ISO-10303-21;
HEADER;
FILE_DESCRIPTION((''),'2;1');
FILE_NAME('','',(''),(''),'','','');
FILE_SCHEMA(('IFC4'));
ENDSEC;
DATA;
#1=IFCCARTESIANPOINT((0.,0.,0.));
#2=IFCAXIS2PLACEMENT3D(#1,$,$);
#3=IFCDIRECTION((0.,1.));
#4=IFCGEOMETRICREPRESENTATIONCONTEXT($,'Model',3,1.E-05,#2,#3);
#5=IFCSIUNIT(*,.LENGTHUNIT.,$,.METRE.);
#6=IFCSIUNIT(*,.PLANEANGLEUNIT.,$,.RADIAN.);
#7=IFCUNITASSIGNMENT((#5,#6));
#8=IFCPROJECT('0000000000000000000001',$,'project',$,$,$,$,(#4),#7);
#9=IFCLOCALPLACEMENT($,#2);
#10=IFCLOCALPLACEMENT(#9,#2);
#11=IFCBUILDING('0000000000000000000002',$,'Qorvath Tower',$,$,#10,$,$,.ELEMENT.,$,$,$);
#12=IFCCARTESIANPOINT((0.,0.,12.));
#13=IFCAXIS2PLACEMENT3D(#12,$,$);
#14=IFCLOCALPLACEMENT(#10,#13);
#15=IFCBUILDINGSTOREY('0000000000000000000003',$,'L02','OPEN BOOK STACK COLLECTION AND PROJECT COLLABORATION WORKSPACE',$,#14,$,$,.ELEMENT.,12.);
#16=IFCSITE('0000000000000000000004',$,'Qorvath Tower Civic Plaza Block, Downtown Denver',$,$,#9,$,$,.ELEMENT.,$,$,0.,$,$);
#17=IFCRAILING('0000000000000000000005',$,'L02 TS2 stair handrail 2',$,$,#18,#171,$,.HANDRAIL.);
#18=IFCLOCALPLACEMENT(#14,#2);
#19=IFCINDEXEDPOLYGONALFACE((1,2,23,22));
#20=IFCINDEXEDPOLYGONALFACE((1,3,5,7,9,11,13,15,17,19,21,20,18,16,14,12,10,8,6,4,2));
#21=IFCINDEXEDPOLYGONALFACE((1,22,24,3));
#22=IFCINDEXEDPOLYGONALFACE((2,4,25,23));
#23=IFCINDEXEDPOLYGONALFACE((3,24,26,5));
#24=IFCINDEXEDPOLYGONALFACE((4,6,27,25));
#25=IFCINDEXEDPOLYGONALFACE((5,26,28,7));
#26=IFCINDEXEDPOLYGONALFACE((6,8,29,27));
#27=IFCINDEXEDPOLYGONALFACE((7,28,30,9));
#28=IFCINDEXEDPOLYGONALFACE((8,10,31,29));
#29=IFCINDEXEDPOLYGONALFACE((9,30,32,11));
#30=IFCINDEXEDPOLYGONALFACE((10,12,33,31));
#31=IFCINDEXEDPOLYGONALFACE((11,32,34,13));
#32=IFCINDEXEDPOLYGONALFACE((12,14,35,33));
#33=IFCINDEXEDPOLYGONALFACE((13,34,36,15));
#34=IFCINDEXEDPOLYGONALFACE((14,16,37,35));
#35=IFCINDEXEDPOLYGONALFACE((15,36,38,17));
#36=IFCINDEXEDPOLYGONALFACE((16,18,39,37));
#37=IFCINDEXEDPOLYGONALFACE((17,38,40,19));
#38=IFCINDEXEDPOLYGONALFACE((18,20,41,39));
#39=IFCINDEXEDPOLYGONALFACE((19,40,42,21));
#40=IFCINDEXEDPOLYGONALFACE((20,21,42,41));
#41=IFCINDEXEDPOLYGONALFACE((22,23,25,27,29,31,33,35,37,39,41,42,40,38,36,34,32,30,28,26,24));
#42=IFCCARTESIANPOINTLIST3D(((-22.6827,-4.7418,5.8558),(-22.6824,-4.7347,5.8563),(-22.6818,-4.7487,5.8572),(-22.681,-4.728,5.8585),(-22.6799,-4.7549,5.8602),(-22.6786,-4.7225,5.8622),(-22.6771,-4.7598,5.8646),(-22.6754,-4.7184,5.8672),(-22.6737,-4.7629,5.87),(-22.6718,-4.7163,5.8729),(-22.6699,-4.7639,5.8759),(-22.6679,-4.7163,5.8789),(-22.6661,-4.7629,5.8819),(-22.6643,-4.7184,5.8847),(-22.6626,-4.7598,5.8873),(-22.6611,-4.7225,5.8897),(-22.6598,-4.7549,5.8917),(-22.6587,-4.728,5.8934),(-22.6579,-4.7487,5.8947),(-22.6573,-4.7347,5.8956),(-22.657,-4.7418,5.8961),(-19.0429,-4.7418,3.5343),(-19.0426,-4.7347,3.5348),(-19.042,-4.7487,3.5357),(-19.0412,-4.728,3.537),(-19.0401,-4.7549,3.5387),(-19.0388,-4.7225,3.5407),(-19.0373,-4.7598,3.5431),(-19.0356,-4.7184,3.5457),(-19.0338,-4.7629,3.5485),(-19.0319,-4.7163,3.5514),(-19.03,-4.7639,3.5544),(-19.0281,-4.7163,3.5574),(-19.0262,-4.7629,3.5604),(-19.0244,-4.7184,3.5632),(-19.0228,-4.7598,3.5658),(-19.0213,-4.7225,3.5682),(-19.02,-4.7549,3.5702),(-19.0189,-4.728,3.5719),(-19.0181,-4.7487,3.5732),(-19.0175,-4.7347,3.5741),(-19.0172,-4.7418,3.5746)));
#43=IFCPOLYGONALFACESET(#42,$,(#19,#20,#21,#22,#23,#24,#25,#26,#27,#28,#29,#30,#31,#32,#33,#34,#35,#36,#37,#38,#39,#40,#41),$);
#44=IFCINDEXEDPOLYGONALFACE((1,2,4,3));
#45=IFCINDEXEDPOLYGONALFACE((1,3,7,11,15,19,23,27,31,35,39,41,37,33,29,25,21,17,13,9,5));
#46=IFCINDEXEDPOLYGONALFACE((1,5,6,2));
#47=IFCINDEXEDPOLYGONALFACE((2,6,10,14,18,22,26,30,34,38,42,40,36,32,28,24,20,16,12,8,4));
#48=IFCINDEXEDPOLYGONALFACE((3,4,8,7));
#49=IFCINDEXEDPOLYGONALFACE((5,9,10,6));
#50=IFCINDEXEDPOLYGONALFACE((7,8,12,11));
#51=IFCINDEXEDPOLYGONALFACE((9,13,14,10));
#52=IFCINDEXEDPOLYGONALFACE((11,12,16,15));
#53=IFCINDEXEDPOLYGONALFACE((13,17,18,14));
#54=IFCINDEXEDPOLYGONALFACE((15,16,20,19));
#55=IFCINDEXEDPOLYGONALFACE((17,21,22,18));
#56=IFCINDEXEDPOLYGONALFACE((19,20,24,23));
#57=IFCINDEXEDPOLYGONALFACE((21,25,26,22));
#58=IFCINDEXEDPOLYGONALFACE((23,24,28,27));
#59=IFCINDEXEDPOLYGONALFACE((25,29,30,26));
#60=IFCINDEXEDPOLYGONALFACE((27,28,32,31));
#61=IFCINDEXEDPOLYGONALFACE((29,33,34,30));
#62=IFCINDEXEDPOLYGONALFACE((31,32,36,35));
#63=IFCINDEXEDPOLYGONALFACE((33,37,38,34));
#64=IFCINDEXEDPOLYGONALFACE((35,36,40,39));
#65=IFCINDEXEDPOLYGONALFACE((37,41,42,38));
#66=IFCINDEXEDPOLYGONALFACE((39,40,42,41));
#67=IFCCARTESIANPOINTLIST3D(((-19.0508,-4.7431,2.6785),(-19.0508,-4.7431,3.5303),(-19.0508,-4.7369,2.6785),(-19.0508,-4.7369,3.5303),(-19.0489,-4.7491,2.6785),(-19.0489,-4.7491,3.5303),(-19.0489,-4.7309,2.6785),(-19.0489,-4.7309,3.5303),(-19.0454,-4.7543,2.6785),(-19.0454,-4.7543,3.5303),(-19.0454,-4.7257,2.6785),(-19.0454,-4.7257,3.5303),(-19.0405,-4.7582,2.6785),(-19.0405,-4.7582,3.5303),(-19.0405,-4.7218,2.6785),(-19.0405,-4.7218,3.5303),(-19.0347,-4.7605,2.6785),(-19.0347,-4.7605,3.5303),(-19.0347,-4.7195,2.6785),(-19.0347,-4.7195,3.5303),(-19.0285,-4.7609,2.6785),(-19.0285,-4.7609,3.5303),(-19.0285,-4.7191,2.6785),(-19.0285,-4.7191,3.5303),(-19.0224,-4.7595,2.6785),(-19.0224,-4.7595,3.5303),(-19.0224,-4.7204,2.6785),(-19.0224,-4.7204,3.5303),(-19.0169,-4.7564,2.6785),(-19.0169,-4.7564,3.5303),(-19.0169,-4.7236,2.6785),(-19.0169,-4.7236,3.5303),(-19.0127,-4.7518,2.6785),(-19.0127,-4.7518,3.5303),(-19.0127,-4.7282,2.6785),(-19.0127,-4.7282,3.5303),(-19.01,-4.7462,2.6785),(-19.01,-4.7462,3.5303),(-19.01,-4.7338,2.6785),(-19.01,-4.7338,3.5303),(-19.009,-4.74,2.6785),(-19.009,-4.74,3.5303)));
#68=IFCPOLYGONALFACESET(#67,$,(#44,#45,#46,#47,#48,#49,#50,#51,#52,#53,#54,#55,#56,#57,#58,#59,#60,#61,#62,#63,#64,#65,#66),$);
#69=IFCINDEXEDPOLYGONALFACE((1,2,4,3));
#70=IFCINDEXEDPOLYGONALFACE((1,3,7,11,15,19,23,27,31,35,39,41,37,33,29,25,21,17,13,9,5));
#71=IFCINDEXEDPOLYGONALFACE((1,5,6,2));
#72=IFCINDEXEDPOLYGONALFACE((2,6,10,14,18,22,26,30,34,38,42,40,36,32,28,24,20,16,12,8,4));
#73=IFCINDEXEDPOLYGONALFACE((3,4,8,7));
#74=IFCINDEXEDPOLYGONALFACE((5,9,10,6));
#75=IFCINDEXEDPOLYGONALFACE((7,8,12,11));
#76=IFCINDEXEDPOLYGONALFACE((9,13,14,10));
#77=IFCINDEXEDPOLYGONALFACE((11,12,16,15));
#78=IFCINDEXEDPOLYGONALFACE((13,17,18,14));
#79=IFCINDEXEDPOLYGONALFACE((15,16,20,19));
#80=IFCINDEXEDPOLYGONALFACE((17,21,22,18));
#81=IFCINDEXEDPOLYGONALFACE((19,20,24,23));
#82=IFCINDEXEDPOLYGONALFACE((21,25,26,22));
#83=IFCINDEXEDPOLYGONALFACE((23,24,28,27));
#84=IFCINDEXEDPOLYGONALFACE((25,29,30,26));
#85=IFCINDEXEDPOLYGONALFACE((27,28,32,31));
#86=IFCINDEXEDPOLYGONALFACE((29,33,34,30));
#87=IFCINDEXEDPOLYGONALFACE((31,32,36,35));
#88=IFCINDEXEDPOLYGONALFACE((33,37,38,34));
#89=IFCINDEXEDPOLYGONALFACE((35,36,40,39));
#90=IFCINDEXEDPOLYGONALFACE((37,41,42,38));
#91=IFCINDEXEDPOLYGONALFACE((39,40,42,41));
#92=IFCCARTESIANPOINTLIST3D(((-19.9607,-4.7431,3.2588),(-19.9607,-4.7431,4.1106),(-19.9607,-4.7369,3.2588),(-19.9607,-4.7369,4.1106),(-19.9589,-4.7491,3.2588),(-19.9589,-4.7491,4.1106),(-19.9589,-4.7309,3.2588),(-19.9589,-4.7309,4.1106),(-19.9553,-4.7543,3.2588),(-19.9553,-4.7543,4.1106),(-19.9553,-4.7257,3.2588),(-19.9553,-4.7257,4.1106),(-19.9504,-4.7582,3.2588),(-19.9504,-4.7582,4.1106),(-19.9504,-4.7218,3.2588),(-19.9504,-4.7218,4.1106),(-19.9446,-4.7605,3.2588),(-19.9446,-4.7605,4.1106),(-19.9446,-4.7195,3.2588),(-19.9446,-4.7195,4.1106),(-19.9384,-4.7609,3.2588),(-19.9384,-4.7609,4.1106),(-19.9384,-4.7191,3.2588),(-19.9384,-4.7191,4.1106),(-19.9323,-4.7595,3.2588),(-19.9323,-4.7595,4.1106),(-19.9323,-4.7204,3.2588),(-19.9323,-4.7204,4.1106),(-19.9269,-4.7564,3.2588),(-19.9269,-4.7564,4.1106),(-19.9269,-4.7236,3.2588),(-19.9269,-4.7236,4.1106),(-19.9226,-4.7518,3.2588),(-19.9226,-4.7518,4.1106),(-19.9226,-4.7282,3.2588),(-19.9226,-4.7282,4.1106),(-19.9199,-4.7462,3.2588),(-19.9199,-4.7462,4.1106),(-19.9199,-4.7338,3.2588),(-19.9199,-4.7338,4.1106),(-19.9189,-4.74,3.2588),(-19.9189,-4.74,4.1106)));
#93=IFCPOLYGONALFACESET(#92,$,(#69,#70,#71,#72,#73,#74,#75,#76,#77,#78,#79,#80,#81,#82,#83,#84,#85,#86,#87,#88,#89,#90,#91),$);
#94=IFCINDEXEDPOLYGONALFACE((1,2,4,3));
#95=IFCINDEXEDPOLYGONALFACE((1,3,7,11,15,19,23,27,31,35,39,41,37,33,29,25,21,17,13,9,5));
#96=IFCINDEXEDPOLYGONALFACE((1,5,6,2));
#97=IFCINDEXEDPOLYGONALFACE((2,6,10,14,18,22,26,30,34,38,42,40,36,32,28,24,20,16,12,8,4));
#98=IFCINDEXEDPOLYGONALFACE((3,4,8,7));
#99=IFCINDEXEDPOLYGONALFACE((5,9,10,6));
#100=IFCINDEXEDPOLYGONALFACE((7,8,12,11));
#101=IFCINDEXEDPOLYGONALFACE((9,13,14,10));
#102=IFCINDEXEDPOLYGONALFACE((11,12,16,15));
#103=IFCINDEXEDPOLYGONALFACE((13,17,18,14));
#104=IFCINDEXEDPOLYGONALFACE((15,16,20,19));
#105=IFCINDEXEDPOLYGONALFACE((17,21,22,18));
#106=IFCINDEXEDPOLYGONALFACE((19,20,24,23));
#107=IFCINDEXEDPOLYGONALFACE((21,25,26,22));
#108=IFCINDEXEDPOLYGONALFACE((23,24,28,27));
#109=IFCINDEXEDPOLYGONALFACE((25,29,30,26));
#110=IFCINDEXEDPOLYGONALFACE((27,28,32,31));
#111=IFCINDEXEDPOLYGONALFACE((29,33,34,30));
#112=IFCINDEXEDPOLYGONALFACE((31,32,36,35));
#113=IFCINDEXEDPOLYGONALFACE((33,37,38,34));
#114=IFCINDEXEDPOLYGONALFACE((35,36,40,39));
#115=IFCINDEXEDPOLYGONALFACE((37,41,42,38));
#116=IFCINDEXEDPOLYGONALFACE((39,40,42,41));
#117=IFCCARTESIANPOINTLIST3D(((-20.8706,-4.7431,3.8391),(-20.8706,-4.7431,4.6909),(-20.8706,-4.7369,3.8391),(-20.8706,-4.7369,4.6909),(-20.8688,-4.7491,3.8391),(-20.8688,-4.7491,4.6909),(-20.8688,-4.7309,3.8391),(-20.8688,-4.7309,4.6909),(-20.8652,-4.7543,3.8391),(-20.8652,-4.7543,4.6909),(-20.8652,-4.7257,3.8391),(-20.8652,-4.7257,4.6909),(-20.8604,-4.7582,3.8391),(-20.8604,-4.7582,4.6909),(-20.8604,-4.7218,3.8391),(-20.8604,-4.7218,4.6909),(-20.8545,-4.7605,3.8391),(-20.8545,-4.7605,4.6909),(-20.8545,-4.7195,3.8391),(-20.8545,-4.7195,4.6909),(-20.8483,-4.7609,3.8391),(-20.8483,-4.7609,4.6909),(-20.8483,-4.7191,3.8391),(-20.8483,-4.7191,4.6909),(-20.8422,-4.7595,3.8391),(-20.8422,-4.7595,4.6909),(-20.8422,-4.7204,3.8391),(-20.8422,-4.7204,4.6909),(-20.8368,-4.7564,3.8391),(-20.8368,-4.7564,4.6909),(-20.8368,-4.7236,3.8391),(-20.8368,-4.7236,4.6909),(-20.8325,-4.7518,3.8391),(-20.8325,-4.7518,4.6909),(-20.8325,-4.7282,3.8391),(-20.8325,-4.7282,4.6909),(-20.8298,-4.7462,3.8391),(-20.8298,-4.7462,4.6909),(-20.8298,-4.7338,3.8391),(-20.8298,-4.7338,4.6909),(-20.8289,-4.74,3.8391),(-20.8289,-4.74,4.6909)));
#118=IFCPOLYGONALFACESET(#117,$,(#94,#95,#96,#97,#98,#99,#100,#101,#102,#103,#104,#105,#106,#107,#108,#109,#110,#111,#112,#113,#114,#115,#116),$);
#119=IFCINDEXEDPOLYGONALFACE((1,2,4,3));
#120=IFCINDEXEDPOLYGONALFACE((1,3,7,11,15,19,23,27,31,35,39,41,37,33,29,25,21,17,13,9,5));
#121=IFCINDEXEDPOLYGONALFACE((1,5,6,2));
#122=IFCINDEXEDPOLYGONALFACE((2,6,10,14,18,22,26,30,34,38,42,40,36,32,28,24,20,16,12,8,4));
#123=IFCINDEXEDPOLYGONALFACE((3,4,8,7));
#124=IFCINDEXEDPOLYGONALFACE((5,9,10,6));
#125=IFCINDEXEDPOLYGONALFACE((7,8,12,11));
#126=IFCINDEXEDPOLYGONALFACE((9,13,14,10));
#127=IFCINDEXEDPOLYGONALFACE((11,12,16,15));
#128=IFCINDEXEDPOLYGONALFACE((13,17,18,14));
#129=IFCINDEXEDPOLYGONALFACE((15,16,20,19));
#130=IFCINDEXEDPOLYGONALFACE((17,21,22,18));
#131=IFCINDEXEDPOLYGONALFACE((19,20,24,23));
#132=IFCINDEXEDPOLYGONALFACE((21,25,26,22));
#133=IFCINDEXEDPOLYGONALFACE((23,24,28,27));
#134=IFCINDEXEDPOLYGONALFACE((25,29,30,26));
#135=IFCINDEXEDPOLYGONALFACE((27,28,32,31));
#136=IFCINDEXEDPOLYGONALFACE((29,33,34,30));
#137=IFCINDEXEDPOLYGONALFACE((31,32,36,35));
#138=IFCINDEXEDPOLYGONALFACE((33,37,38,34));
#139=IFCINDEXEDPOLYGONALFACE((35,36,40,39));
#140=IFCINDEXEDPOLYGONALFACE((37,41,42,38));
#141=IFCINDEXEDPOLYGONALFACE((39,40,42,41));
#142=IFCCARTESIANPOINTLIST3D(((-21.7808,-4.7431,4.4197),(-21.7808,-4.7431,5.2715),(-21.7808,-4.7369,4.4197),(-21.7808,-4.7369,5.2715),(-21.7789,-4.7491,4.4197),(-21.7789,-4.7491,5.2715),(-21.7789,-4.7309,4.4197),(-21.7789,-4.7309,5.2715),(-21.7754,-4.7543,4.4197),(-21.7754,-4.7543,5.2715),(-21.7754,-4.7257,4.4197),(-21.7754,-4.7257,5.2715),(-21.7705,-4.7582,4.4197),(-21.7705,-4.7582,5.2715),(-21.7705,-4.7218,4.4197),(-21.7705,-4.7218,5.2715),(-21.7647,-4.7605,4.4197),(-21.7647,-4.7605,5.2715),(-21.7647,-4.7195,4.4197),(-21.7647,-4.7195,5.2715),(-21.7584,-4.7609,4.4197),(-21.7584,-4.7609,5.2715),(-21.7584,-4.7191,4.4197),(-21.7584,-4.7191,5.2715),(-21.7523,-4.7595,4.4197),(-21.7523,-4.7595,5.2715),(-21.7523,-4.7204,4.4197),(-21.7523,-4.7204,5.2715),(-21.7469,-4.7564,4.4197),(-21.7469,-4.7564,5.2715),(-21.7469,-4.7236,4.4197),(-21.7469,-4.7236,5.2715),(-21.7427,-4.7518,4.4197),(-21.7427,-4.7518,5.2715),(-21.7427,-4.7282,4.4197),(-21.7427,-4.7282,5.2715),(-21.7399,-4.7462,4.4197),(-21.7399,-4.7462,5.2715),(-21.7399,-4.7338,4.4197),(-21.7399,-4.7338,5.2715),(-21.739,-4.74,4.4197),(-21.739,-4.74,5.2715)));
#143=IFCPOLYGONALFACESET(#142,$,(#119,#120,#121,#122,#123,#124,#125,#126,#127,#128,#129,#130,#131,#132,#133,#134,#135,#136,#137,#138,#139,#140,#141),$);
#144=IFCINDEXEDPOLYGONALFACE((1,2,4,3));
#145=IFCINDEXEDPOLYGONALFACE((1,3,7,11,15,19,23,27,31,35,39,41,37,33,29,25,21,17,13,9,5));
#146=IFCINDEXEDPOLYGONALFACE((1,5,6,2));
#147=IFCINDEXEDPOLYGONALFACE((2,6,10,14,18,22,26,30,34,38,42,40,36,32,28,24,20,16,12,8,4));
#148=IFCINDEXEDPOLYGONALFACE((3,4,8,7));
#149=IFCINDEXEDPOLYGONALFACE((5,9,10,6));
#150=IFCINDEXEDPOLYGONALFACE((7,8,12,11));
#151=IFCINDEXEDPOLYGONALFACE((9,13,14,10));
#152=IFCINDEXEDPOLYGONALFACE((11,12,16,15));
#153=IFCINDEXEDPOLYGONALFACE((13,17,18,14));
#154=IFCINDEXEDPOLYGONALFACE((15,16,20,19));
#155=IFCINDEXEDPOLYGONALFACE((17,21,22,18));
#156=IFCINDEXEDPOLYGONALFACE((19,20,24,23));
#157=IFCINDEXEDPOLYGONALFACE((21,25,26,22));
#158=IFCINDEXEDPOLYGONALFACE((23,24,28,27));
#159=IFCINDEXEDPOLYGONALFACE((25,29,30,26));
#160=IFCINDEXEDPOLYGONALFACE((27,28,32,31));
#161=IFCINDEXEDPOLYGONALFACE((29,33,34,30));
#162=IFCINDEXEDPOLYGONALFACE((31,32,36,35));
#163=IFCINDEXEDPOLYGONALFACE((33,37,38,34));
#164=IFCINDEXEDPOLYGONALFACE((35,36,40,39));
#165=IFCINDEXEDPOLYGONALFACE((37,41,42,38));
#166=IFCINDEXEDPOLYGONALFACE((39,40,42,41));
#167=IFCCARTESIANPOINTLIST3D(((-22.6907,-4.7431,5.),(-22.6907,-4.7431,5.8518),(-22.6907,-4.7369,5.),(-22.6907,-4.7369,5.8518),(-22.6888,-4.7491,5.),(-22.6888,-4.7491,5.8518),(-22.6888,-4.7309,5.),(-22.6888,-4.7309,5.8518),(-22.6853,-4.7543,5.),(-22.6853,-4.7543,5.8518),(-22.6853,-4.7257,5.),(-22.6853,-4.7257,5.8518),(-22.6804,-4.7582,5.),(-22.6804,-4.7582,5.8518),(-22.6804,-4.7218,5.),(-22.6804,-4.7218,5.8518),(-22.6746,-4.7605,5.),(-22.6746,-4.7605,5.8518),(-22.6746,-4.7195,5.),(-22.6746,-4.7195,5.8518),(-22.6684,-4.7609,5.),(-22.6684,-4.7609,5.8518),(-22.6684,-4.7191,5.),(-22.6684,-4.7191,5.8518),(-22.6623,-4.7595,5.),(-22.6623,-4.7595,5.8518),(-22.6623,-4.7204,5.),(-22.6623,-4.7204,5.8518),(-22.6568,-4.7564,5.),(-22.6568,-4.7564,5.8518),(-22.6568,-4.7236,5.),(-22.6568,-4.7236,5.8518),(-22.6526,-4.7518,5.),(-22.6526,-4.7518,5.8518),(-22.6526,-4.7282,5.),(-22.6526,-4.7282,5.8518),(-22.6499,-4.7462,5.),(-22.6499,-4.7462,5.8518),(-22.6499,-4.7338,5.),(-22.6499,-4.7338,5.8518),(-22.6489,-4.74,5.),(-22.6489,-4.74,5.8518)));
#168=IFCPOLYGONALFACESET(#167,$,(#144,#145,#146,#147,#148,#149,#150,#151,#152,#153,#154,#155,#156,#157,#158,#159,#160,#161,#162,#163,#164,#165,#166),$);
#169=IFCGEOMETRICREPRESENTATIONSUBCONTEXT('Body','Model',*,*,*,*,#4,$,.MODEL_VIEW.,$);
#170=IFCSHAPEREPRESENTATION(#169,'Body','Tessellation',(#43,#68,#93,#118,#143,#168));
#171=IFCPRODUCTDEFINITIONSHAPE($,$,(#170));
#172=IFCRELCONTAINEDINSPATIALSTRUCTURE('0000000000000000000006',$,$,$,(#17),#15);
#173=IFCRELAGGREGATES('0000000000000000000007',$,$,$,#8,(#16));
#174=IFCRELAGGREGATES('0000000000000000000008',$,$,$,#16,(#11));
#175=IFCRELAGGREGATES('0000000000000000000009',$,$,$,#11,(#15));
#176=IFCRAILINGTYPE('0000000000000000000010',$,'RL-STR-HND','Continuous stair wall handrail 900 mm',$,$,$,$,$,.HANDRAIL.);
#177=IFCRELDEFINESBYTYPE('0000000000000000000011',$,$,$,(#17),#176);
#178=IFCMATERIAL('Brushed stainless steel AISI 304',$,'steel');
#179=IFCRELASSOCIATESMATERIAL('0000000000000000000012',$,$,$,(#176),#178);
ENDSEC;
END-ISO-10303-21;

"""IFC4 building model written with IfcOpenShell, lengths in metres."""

from ifc_helpers import new_model, si_unit, direction, frame, origin, origin_2d, place, context, subcontext, project, spatial, circle, extrude, material, type_object, element, save


model = new_model("IFC4")

# Units and contexts
model_context = context("Model", 3, precision=1e-05, world=origin(), true_north=direction((0.0, 1.0)))
body_context = subcontext(model_context, "Body", "Model", "MODEL_VIEW")
ifc_project = project(units=[si_unit("LENGTHUNIT", "METRE"), si_unit("PLANEANGLEUNIT", "RADIAN")], contexts=[model_context])

# Site, building, storey
site_placement = place(None, origin())
site = spatial("IfcSite", under=ifc_project, at=site_placement, Name="Qorvath Tower Civic Plaza Block, Downtown Denver", CompositionType="ELEMENT", RefElevation=0.0)
building_placement = place(site_placement, origin())
building = spatial("IfcBuilding", under=site, at=building_placement, Name="Qorvath Tower", CompositionType="ELEMENT")
storey_placement = place(building_placement, frame((0.0, 0.0, 12.0)))
storey = spatial("IfcBuildingStorey", under=building, at=storey_placement, Name="L02", Description="OPEN BOOK STACK COLLECTION AND PROJECT COLLABORATION WORKSPACE", CompositionType="ELEMENT", Elevation=12.0)

# Railing
ifc_material_1 = material(Name="Brushed stainless steel AISI 304", Category="steel")
railing_type_1 = type_object("IfcRailingType", Name="RL-STR-HND", Description="Continuous stair wall handrail 900 mm", PredefinedType="HANDRAIL", material=ifc_material_1)
railing_1_placement = place(storey_placement, frame((-19.03, -4.74, 2.6785)))
element("IfcRailing", 1, at=railing_1_placement, inside=storey, type_object=railing_type_1, Name="L02 TS2 stair handrail 2", PredefinedType="HANDRAIL", context=body_context, shape_type="SweptSolid", body=[
    extrude(circle(Radius=0.0239, at=origin_2d()), frame((0.0, 0.0, 0.876), z_axis=(-0.843112, 0.0, 0.537739), x_axis=(0.0, -1.0, 0.0)), (0.0, 0.0, 1.0), 4.3171),
    extrude(circle(Radius=0.021, at=origin_2d()), origin(), (0.0, 0.0, 1.0), 0.8518),
    extrude(circle(Radius=0.021, at=origin_2d()), frame((-0.9099, 0.0, 0.5803)), (0.0, 0.0, 1.0), 0.8518),
    extrude(circle(Radius=0.021, at=origin_2d()), frame((-1.8198, 0.0, 1.1606)), (0.0, 0.0, 1.0), 0.8518),
    extrude(circle(Radius=0.021, at=origin_2d()), frame((-2.73, 0.0, 1.7412)), (0.0, 0.0, 1.0), 0.8518),
    extrude(circle(Radius=0.021, at=origin_2d()), frame((-3.6399, 0.0, 2.3215)), (0.0, 0.0, 1.0), 0.8518),
])

save(model, "model.ifc")
